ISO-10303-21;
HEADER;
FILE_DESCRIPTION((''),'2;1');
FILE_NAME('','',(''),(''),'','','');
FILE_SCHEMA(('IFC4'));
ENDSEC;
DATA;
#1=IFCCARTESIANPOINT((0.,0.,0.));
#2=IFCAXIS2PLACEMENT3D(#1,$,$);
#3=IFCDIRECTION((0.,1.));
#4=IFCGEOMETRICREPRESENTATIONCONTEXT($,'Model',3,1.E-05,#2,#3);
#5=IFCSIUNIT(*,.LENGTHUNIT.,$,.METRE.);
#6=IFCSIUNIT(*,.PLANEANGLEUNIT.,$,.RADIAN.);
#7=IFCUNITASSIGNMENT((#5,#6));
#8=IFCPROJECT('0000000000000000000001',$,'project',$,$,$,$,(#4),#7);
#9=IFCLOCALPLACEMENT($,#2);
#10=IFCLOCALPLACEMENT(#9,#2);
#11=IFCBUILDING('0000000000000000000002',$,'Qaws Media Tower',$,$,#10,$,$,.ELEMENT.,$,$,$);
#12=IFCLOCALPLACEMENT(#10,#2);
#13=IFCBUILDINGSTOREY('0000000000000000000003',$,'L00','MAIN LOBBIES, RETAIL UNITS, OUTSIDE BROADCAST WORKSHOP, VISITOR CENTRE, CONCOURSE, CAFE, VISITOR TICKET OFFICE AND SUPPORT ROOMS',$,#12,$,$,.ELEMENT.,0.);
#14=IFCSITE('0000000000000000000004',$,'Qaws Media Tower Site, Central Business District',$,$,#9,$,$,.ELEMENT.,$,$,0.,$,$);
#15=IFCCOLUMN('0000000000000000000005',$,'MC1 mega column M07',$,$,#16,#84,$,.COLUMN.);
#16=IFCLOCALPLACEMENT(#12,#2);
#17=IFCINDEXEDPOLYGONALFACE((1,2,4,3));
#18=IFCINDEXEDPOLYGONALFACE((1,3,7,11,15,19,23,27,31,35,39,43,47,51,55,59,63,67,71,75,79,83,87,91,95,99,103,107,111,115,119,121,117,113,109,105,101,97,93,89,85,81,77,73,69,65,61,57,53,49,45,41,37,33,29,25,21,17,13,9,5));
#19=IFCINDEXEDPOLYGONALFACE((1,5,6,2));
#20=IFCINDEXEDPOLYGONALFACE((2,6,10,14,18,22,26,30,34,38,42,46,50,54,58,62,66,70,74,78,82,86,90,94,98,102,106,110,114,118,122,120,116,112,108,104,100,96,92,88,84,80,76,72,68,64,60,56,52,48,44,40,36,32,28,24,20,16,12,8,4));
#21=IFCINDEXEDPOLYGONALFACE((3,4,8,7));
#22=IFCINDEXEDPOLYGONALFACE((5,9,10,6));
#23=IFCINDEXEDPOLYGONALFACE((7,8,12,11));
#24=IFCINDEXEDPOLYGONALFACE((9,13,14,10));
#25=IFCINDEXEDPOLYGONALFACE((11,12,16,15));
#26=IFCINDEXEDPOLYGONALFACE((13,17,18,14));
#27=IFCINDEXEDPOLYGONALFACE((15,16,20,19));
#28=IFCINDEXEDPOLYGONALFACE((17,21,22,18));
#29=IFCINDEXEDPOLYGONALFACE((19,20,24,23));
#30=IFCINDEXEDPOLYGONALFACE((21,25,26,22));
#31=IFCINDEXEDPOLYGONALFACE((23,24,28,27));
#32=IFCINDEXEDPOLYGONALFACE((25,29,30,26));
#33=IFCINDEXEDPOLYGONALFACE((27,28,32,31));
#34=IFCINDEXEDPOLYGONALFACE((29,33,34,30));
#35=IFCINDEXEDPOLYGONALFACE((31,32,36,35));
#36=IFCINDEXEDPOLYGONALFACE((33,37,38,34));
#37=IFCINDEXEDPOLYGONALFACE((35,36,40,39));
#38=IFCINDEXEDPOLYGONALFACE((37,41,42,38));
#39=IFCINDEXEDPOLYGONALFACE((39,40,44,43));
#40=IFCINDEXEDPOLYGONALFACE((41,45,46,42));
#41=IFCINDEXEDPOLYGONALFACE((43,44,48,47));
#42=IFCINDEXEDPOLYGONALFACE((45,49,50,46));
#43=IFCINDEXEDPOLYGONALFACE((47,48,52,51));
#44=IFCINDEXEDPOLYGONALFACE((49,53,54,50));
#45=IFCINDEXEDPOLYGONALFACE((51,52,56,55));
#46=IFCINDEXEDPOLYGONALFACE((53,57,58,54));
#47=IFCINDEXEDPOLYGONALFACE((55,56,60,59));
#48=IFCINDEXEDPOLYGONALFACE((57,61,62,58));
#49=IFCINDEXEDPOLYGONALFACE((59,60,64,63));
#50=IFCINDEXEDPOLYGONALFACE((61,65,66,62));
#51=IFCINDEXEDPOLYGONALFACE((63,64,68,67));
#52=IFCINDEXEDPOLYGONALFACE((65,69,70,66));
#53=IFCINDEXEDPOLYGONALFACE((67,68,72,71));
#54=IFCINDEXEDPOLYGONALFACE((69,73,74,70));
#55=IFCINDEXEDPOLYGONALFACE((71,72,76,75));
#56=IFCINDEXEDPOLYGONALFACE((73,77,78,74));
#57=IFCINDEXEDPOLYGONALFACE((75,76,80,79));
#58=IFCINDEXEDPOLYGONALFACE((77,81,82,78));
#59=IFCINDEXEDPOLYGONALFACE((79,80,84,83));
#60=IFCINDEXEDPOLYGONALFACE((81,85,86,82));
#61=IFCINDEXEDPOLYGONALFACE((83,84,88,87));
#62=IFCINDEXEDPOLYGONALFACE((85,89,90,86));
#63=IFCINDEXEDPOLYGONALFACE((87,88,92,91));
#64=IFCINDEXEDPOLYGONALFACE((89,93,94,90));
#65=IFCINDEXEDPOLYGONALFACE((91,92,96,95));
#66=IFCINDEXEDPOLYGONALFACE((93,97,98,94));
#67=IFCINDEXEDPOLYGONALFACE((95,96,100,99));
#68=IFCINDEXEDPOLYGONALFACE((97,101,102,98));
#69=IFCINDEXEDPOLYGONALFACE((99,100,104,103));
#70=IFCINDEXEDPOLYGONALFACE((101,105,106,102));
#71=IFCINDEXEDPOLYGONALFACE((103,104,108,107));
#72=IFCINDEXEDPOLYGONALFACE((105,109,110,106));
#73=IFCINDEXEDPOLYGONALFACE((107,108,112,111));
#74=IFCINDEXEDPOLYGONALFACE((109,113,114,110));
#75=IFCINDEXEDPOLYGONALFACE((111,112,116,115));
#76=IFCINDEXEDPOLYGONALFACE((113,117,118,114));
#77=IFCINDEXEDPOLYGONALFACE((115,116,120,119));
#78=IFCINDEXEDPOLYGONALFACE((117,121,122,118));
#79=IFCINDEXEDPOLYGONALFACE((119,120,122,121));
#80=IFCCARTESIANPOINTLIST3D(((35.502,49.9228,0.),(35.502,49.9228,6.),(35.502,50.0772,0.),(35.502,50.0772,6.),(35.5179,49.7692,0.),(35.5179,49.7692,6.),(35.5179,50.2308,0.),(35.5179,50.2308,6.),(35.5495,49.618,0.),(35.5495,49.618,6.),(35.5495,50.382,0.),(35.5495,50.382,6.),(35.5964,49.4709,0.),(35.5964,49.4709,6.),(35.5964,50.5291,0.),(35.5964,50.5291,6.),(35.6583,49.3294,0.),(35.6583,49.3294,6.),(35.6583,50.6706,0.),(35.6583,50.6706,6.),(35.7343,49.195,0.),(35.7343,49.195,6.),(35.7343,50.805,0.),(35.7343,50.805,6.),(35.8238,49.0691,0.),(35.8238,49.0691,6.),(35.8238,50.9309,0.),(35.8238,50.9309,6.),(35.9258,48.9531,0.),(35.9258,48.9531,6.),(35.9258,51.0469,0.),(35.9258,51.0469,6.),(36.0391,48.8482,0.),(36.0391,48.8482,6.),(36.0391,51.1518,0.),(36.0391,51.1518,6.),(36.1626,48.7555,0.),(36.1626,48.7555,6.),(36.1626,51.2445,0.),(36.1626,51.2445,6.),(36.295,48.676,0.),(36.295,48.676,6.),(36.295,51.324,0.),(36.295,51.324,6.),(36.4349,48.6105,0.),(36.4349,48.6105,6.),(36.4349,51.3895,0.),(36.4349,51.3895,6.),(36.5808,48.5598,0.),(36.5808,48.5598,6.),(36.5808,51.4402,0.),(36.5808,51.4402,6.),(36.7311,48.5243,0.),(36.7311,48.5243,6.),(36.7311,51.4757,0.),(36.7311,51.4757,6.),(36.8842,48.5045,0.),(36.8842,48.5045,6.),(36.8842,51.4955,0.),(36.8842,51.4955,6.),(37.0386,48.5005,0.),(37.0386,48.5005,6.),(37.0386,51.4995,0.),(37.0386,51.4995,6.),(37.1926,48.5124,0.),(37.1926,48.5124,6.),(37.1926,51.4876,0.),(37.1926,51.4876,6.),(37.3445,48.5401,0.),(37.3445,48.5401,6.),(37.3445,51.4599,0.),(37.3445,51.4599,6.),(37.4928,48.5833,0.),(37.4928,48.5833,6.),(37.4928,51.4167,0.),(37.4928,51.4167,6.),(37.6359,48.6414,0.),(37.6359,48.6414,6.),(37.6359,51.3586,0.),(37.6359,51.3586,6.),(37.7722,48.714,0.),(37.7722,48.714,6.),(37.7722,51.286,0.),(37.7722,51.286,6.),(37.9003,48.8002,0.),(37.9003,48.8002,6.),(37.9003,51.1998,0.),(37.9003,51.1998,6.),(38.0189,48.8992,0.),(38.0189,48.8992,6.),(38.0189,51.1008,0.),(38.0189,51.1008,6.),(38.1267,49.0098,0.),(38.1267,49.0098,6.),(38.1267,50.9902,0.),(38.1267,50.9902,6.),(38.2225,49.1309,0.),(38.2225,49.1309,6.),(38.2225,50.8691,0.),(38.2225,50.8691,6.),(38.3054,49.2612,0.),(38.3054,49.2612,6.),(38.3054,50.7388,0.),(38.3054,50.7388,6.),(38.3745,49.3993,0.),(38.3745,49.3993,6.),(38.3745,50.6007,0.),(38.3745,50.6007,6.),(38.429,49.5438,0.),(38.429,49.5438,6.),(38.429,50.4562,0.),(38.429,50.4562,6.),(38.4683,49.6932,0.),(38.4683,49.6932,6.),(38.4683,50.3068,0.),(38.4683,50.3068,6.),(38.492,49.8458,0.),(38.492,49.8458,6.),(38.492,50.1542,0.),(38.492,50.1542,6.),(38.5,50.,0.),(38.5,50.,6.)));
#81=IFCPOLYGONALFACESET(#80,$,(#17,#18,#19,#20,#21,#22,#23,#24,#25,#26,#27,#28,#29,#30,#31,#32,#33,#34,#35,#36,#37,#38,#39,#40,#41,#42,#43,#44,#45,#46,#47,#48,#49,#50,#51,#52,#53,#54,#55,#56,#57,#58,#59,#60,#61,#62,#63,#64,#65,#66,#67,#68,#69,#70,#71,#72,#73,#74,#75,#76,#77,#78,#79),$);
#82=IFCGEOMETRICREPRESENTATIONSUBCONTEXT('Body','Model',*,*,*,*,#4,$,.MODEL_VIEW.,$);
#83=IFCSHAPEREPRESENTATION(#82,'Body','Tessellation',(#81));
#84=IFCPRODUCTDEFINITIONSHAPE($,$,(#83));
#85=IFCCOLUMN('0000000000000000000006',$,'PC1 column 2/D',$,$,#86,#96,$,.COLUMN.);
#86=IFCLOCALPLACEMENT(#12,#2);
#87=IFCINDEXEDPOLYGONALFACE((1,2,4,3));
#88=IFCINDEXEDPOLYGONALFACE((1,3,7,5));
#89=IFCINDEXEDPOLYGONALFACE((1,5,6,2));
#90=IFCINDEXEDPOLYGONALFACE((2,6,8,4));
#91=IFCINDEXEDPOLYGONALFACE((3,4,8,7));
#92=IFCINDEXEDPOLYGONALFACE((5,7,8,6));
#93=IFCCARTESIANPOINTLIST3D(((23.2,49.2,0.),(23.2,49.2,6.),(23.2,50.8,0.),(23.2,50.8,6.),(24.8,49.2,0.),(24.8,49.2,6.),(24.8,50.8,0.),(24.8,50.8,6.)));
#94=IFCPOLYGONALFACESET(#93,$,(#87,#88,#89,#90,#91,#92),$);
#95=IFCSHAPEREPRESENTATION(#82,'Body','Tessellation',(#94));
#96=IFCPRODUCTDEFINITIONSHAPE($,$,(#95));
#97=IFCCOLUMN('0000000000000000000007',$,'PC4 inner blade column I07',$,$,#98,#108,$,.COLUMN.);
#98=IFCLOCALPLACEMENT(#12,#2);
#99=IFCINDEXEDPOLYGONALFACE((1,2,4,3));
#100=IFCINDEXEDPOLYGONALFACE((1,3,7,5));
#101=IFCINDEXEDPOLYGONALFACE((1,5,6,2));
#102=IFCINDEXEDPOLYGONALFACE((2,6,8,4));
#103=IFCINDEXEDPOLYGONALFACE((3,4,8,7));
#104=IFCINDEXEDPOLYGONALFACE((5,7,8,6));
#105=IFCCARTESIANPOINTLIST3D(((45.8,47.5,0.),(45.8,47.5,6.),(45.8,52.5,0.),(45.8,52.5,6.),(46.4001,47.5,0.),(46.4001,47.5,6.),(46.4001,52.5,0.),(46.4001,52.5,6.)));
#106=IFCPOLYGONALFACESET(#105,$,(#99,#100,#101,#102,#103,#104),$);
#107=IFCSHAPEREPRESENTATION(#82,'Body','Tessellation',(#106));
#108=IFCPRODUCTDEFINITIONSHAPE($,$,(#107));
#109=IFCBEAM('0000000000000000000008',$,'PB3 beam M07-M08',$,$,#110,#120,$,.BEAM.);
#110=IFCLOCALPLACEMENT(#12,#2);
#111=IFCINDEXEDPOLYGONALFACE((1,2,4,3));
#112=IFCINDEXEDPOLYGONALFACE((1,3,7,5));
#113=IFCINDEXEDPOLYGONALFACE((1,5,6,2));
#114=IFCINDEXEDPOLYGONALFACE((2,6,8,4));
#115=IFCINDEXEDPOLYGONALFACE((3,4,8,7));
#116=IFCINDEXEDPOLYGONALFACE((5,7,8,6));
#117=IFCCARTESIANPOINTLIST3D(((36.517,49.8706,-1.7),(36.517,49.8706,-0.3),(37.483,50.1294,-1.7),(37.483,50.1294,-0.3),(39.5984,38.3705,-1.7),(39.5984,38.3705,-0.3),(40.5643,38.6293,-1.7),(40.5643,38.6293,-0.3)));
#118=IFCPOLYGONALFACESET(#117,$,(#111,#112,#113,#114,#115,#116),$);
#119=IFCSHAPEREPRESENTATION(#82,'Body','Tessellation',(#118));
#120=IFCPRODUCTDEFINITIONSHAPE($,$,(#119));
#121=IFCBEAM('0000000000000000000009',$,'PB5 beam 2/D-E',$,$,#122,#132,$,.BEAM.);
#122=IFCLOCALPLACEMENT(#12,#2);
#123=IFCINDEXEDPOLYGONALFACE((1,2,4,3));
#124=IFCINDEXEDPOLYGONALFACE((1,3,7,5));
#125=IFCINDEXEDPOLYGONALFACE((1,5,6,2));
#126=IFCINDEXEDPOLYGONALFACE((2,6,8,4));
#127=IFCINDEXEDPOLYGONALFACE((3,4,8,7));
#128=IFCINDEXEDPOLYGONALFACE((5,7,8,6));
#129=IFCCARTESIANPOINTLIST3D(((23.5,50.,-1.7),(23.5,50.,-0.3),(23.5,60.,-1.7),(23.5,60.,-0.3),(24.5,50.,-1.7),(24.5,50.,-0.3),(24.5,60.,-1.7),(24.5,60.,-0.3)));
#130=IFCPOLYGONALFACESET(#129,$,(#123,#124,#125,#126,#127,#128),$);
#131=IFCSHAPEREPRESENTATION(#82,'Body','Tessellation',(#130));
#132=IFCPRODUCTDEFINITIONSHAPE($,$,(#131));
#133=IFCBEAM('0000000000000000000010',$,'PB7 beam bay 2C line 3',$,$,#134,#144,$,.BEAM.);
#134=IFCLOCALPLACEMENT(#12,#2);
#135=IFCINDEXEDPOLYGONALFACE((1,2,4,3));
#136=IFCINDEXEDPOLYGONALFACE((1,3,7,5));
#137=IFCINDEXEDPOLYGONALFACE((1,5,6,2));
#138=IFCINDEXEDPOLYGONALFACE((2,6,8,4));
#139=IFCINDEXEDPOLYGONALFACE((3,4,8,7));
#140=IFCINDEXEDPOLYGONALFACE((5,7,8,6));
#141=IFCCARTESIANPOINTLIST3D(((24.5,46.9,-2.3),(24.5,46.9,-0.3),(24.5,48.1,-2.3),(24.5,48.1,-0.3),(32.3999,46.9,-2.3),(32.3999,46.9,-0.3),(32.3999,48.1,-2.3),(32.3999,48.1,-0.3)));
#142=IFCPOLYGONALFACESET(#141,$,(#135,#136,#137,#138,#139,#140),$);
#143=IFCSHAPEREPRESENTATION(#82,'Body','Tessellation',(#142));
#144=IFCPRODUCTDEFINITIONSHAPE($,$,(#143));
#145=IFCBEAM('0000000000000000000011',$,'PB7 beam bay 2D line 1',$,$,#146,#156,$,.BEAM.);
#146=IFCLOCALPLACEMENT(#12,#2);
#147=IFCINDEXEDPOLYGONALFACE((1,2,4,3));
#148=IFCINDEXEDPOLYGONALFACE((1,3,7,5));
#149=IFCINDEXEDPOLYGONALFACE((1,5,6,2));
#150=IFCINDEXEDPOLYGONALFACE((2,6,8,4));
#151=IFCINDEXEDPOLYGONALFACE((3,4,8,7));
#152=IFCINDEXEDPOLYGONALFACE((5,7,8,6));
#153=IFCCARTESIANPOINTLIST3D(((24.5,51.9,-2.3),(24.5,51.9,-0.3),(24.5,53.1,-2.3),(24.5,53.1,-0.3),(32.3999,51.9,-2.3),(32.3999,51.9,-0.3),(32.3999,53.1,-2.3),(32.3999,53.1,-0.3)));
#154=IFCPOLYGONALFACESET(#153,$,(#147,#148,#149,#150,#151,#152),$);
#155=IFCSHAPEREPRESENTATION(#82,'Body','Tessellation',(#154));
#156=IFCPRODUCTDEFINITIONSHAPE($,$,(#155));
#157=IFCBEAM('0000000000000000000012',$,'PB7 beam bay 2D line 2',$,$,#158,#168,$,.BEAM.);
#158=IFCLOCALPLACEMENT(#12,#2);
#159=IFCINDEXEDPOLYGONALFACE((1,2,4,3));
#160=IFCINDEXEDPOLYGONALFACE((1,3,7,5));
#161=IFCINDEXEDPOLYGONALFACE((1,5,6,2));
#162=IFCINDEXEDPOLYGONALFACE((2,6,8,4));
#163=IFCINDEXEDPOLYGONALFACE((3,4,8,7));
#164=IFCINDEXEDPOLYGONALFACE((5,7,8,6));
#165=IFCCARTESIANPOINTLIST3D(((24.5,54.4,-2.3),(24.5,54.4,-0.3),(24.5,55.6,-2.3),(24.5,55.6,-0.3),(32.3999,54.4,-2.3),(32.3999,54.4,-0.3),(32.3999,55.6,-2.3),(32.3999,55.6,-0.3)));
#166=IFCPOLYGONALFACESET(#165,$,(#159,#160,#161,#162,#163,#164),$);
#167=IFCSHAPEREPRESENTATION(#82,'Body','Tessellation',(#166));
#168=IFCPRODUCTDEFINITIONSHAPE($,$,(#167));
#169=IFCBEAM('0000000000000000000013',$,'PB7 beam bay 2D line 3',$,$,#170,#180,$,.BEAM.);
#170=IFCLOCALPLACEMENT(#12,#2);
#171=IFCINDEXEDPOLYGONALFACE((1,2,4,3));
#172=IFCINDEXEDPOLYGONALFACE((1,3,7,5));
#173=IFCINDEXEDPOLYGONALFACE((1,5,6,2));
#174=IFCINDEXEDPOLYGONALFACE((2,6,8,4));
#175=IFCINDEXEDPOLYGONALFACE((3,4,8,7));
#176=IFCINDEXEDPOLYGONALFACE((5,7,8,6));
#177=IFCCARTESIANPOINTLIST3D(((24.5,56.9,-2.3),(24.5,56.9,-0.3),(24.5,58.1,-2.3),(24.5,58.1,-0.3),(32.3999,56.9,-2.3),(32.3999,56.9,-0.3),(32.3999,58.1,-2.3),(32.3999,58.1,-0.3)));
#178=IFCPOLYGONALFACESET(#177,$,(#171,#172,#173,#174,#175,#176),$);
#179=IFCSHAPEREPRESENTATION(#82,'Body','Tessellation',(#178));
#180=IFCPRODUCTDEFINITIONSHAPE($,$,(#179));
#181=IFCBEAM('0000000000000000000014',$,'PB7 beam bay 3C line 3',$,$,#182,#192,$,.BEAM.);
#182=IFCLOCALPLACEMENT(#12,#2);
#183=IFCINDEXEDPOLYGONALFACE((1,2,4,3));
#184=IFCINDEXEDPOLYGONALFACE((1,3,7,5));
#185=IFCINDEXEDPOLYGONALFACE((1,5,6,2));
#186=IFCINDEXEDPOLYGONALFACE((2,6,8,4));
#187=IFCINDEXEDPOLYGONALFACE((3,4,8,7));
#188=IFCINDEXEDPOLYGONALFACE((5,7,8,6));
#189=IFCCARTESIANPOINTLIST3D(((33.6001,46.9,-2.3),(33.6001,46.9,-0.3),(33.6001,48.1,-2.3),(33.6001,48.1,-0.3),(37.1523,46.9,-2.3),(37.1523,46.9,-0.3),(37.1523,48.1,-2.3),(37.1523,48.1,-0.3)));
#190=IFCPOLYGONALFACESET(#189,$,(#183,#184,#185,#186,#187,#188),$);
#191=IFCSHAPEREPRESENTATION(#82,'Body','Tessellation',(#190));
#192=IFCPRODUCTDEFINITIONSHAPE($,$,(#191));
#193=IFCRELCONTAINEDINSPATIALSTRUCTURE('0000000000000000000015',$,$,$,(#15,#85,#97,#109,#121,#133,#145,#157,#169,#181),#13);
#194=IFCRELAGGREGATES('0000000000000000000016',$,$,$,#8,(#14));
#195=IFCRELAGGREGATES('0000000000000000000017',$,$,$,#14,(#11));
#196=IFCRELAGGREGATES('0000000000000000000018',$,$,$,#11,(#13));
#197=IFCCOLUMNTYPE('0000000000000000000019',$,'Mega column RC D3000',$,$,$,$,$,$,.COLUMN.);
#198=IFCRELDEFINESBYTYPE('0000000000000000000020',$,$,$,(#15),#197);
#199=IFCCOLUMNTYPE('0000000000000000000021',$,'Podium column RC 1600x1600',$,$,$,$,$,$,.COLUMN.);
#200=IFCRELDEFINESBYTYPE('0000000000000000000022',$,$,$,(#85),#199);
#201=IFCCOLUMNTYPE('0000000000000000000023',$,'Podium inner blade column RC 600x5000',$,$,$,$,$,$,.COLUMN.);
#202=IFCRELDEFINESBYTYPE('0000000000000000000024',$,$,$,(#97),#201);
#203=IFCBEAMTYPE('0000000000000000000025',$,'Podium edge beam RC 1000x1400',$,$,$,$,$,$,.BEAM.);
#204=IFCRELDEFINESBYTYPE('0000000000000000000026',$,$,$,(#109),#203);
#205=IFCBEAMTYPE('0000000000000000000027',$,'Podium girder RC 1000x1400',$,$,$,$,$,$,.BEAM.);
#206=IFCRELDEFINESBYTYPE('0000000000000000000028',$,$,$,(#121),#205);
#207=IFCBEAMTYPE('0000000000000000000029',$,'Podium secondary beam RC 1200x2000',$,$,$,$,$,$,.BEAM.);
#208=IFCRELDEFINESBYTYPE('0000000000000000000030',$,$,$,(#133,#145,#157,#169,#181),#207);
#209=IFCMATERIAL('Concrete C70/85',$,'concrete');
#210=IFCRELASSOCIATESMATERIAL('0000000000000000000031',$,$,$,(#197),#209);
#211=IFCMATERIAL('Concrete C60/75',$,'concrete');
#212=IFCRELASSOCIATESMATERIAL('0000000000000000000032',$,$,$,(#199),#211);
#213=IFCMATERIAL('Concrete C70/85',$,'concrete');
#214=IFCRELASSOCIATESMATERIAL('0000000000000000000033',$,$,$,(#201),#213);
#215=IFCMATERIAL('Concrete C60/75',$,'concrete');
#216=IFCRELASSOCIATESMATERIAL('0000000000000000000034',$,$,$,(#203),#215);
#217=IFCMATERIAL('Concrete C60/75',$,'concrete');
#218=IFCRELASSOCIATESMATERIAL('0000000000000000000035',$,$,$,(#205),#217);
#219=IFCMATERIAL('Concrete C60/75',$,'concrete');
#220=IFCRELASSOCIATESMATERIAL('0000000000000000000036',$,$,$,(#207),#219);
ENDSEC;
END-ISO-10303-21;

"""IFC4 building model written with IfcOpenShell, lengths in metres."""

from ifc_helpers import new_model, si_unit, direction, frame, origin, origin_2d, place, context, subcontext, project, spatial, rectangle, circle, extrude, material, material_profile, profile_set, type_object, element, save


model = new_model("IFC4")

# Units and contexts
model_context = context("Model", 3, precision=1e-05, world=origin(), true_north=direction((0.0, 1.0)))
body_context = subcontext(model_context, "Body", "Model", "MODEL_VIEW")
ifc_project = project(units=[si_unit("LENGTHUNIT", "METRE"), si_unit("PLANEANGLEUNIT", "RADIAN")], contexts=[model_context])

# Site, building, storey
site_placement = place(None, origin())
site = spatial("IfcSite", under=ifc_project, at=site_placement, Name="Qaws Media Tower Site, Central Business District", CompositionType="ELEMENT", RefElevation=0.0)
building_placement = place(site_placement, origin())
building = spatial("IfcBuilding", under=site, at=building_placement, Name="Qaws Media Tower", CompositionType="ELEMENT")
storey_placement = place(building_placement, origin())
storey = spatial("IfcBuildingStorey", under=building, at=storey_placement, Name="L00", Description="MAIN LOBBIES, RETAIL UNITS, OUTSIDE BROADCAST WORKSHOP, VISITOR CENTRE, CONCOURSE, CAFE, VISITOR TICKET OFFICE AND SUPPORT ROOMS", CompositionType="ELEMENT", Elevation=0.0)

# Columns
ifc_material_1 = material(Name="Concrete C70/85", Category="concrete")
ifc_material_profile_1 = material_profile(ifc_material_1, circle(Radius=1.5, at=origin_2d()), Name="RC D3000")
ifc_profile_set_1 = profile_set([ifc_material_profile_1], Name="Concrete C70/85")
column_type_1 = type_object("IfcColumnType", Name="Mega column RC D3000", PredefinedType="COLUMN", material=ifc_profile_set_1)
column_1_placement = place(storey_placement, frame((37.0, 50.0, 0.0), z_axis=(0.0, 0.0, 1.0), x_axis=(1.0, 0.0, 0.0)))
element("IfcColumn", 1, at=column_1_placement, inside=storey, type_object=column_type_1, Name="MC1 mega column M07", PredefinedType="COLUMN", context=body_context, shape_type="SweptSolid", body=[
    extrude(circle(Radius=1.5, at=origin_2d()), origin(), (0.0, 0.0, 1.0), 6.0),
])
ifc_material_2 = material(Name="Concrete C60/75", Category="concrete")
ifc_material_profile_2 = material_profile(ifc_material_2, rectangle(XDim=1.6001, YDim=1.6001, at=origin_2d()), Name="RC 1600x1600")
ifc_profile_set_2 = profile_set([ifc_material_profile_2], Name="Concrete C60/75")
column_type_2 = type_object("IfcColumnType", Name="Podium column RC 1600x1600", PredefinedType="COLUMN", material=ifc_profile_set_2)
column_2_placement = place(storey_placement, frame((24.0, 50.0, 0.0), z_axis=(0.0, 0.0, 1.0), x_axis=(1.0, 0.0, 0.0)))
element("IfcColumn", 2, at=column_2_placement, inside=storey, type_object=column_type_2, Name="PC1 column 2/D", PredefinedType="COLUMN", context=body_context, shape_type="SweptSolid", body=[
    extrude(rectangle(XDim=1.6001, YDim=1.6001, at=origin_2d()), origin(), (0.0, 0.0, 1.0), 6.0),
])
ifc_material_3 = material(Name="Concrete C70/85", Category="concrete")
ifc_material_profile_3 = material_profile(ifc_material_3, rectangle(XDim=0.6001, YDim=5.0, at=origin_2d()), Name="RC 600x5000")
ifc_profile_set_3 = profile_set([ifc_material_profile_3], Name="Concrete C70/85")
column_type_3 = type_object("IfcColumnType", Name="Podium inner blade column RC 600x5000", PredefinedType="COLUMN", material=ifc_profile_set_3)
column_3_placement = place(storey_placement, frame((46.1001, 50.0, 0.0), z_axis=(0.0, 0.0, 1.0), x_axis=(1.0, 0.0, 0.0)))
element("IfcColumn", 3, at=column_3_placement, inside=storey, type_object=column_type_3, Name="PC4 inner blade column I07", PredefinedType="COLUMN", context=body_context, shape_type="SweptSolid", body=[
    extrude(rectangle(XDim=0.6001, YDim=5.0, at=origin_2d()), origin(), (0.0, 0.0, 1.0), 6.0),
])

# Beams
ifc_material_4 = material(Name="Concrete C60/75", Category="concrete")
ifc_material_profile_4 = material_profile(ifc_material_4, rectangle(XDim=1.0, YDim=1.3999, at=origin_2d()), Name="RC 1000x1400")
ifc_profile_set_4 = profile_set([ifc_material_profile_4], Name="Concrete C60/75")
beam_type_1 = type_object("IfcBeamType", Name="Podium edge beam RC 1000x1400", PredefinedType="BEAM", material=ifc_profile_set_4)
beam_1_placement = place(storey_placement, frame((37.0, 50.0, -1.0), z_axis=(0.25881, -0.965928, 0.0), x_axis=(0.965928, 0.25881, 0.0)))
element("IfcBeam", 4, at=beam_1_placement, inside=storey, type_object=beam_type_1, Name="PB3 beam M07-M08", PredefinedType="BEAM", context=body_context, shape_type="SweptSolid", body=[
    extrude(rectangle(XDim=1.0, YDim=1.3999, at=origin_2d()), origin(), (0.0, 0.0, 1.0), 11.9058),
])
ifc_material_5 = material(Name="Concrete C60/75", Category="concrete")
ifc_material_profile_5 = material_profile(ifc_material_5, rectangle(XDim=1.0, YDim=1.3999, at=origin_2d()), Name="RC 1000x1400")
ifc_profile_set_5 = profile_set([ifc_material_profile_5], Name="Concrete C60/75")
beam_type_2 = type_object("IfcBeamType", Name="Podium girder RC 1000x1400", PredefinedType="BEAM", material=ifc_profile_set_5)
beam_2_placement = place(storey_placement, frame((24.0, 50.0, -1.0), z_axis=(0.0, 1.0, 0.0), x_axis=(-1.0, 0.0, 0.0)))
element("IfcBeam", 5, at=beam_2_placement, inside=storey, type_object=beam_type_2, Name="PB5 beam 2/D-E", PredefinedType="BEAM", context=body_context, shape_type="SweptSolid", body=[
    extrude(rectangle(XDim=1.0, YDim=1.3999, at=origin_2d()), origin(), (0.0, 0.0, 1.0), 10.0),
])
ifc_material_6 = material(Name="Concrete C60/75", Category="concrete")
ifc_material_profile_6 = material_profile(ifc_material_6, rectangle(XDim=1.2, YDim=2.0, at=origin_2d()), Name="RC 1200x2000")
ifc_profile_set_6 = profile_set([ifc_material_profile_6], Name="Concrete C60/75")
beam_type_3 = type_object("IfcBeamType", Name="Podium secondary beam RC 1200x2000", PredefinedType="BEAM", material=ifc_profile_set_6)
for number, where, z_axis, x_axis, name in (
    (6, (24.5, 47.5, -1.3), (1.0, 0.0, 0.0), (0.0, 1.0, 0.0), "PB7 beam bay 2C line 3"),
    (7, (24.5, 52.5, -1.3), (1.0, 0.0, 0.0), (0.0, 1.0, 0.0), "PB7 beam bay 2D line 1"),
    (8, (24.5, 55.0, -1.3), (1.0, 0.0, 0.0), (0.0, 1.0, 0.0), "PB7 beam bay 2D line 2"),
    (9, (24.5, 57.5, -1.3), (1.0, 0.0, 0.0), (0.0, 1.0, 0.0), "PB7 beam bay 2D line 3"),
):
    element("IfcBeam", number, at=place(storey_placement, frame(where, z_axis=z_axis, x_axis=x_axis)), inside=storey, type_object=beam_type_3, Name=name, PredefinedType="BEAM", context=body_context, shape_type="SweptSolid", body=[
        extrude(rectangle(XDim=1.2, YDim=2.0, at=origin_2d()), origin(), (0.0, 0.0, 1.0), 7.8999),
    ])
for number, where, z_axis, x_axis, name in (
    (10, (33.6001, 47.5, -1.3), (1.0, 0.0, 0.0), (0.0, 1.0, 0.0), "PB7 beam bay 3C line 3"),
):
    element("IfcBeam", number, at=place(storey_placement, frame(where, z_axis=z_axis, x_axis=x_axis)), inside=storey, type_object=beam_type_3, Name=name, PredefinedType="BEAM", context=body_context, shape_type="SweptSolid", body=[
        extrude(rectangle(XDim=1.2, YDim=2.0, at=origin_2d()), origin(), (0.0, 0.0, 1.0), 3.5522),
    ])

save(model, "model.ifc")
